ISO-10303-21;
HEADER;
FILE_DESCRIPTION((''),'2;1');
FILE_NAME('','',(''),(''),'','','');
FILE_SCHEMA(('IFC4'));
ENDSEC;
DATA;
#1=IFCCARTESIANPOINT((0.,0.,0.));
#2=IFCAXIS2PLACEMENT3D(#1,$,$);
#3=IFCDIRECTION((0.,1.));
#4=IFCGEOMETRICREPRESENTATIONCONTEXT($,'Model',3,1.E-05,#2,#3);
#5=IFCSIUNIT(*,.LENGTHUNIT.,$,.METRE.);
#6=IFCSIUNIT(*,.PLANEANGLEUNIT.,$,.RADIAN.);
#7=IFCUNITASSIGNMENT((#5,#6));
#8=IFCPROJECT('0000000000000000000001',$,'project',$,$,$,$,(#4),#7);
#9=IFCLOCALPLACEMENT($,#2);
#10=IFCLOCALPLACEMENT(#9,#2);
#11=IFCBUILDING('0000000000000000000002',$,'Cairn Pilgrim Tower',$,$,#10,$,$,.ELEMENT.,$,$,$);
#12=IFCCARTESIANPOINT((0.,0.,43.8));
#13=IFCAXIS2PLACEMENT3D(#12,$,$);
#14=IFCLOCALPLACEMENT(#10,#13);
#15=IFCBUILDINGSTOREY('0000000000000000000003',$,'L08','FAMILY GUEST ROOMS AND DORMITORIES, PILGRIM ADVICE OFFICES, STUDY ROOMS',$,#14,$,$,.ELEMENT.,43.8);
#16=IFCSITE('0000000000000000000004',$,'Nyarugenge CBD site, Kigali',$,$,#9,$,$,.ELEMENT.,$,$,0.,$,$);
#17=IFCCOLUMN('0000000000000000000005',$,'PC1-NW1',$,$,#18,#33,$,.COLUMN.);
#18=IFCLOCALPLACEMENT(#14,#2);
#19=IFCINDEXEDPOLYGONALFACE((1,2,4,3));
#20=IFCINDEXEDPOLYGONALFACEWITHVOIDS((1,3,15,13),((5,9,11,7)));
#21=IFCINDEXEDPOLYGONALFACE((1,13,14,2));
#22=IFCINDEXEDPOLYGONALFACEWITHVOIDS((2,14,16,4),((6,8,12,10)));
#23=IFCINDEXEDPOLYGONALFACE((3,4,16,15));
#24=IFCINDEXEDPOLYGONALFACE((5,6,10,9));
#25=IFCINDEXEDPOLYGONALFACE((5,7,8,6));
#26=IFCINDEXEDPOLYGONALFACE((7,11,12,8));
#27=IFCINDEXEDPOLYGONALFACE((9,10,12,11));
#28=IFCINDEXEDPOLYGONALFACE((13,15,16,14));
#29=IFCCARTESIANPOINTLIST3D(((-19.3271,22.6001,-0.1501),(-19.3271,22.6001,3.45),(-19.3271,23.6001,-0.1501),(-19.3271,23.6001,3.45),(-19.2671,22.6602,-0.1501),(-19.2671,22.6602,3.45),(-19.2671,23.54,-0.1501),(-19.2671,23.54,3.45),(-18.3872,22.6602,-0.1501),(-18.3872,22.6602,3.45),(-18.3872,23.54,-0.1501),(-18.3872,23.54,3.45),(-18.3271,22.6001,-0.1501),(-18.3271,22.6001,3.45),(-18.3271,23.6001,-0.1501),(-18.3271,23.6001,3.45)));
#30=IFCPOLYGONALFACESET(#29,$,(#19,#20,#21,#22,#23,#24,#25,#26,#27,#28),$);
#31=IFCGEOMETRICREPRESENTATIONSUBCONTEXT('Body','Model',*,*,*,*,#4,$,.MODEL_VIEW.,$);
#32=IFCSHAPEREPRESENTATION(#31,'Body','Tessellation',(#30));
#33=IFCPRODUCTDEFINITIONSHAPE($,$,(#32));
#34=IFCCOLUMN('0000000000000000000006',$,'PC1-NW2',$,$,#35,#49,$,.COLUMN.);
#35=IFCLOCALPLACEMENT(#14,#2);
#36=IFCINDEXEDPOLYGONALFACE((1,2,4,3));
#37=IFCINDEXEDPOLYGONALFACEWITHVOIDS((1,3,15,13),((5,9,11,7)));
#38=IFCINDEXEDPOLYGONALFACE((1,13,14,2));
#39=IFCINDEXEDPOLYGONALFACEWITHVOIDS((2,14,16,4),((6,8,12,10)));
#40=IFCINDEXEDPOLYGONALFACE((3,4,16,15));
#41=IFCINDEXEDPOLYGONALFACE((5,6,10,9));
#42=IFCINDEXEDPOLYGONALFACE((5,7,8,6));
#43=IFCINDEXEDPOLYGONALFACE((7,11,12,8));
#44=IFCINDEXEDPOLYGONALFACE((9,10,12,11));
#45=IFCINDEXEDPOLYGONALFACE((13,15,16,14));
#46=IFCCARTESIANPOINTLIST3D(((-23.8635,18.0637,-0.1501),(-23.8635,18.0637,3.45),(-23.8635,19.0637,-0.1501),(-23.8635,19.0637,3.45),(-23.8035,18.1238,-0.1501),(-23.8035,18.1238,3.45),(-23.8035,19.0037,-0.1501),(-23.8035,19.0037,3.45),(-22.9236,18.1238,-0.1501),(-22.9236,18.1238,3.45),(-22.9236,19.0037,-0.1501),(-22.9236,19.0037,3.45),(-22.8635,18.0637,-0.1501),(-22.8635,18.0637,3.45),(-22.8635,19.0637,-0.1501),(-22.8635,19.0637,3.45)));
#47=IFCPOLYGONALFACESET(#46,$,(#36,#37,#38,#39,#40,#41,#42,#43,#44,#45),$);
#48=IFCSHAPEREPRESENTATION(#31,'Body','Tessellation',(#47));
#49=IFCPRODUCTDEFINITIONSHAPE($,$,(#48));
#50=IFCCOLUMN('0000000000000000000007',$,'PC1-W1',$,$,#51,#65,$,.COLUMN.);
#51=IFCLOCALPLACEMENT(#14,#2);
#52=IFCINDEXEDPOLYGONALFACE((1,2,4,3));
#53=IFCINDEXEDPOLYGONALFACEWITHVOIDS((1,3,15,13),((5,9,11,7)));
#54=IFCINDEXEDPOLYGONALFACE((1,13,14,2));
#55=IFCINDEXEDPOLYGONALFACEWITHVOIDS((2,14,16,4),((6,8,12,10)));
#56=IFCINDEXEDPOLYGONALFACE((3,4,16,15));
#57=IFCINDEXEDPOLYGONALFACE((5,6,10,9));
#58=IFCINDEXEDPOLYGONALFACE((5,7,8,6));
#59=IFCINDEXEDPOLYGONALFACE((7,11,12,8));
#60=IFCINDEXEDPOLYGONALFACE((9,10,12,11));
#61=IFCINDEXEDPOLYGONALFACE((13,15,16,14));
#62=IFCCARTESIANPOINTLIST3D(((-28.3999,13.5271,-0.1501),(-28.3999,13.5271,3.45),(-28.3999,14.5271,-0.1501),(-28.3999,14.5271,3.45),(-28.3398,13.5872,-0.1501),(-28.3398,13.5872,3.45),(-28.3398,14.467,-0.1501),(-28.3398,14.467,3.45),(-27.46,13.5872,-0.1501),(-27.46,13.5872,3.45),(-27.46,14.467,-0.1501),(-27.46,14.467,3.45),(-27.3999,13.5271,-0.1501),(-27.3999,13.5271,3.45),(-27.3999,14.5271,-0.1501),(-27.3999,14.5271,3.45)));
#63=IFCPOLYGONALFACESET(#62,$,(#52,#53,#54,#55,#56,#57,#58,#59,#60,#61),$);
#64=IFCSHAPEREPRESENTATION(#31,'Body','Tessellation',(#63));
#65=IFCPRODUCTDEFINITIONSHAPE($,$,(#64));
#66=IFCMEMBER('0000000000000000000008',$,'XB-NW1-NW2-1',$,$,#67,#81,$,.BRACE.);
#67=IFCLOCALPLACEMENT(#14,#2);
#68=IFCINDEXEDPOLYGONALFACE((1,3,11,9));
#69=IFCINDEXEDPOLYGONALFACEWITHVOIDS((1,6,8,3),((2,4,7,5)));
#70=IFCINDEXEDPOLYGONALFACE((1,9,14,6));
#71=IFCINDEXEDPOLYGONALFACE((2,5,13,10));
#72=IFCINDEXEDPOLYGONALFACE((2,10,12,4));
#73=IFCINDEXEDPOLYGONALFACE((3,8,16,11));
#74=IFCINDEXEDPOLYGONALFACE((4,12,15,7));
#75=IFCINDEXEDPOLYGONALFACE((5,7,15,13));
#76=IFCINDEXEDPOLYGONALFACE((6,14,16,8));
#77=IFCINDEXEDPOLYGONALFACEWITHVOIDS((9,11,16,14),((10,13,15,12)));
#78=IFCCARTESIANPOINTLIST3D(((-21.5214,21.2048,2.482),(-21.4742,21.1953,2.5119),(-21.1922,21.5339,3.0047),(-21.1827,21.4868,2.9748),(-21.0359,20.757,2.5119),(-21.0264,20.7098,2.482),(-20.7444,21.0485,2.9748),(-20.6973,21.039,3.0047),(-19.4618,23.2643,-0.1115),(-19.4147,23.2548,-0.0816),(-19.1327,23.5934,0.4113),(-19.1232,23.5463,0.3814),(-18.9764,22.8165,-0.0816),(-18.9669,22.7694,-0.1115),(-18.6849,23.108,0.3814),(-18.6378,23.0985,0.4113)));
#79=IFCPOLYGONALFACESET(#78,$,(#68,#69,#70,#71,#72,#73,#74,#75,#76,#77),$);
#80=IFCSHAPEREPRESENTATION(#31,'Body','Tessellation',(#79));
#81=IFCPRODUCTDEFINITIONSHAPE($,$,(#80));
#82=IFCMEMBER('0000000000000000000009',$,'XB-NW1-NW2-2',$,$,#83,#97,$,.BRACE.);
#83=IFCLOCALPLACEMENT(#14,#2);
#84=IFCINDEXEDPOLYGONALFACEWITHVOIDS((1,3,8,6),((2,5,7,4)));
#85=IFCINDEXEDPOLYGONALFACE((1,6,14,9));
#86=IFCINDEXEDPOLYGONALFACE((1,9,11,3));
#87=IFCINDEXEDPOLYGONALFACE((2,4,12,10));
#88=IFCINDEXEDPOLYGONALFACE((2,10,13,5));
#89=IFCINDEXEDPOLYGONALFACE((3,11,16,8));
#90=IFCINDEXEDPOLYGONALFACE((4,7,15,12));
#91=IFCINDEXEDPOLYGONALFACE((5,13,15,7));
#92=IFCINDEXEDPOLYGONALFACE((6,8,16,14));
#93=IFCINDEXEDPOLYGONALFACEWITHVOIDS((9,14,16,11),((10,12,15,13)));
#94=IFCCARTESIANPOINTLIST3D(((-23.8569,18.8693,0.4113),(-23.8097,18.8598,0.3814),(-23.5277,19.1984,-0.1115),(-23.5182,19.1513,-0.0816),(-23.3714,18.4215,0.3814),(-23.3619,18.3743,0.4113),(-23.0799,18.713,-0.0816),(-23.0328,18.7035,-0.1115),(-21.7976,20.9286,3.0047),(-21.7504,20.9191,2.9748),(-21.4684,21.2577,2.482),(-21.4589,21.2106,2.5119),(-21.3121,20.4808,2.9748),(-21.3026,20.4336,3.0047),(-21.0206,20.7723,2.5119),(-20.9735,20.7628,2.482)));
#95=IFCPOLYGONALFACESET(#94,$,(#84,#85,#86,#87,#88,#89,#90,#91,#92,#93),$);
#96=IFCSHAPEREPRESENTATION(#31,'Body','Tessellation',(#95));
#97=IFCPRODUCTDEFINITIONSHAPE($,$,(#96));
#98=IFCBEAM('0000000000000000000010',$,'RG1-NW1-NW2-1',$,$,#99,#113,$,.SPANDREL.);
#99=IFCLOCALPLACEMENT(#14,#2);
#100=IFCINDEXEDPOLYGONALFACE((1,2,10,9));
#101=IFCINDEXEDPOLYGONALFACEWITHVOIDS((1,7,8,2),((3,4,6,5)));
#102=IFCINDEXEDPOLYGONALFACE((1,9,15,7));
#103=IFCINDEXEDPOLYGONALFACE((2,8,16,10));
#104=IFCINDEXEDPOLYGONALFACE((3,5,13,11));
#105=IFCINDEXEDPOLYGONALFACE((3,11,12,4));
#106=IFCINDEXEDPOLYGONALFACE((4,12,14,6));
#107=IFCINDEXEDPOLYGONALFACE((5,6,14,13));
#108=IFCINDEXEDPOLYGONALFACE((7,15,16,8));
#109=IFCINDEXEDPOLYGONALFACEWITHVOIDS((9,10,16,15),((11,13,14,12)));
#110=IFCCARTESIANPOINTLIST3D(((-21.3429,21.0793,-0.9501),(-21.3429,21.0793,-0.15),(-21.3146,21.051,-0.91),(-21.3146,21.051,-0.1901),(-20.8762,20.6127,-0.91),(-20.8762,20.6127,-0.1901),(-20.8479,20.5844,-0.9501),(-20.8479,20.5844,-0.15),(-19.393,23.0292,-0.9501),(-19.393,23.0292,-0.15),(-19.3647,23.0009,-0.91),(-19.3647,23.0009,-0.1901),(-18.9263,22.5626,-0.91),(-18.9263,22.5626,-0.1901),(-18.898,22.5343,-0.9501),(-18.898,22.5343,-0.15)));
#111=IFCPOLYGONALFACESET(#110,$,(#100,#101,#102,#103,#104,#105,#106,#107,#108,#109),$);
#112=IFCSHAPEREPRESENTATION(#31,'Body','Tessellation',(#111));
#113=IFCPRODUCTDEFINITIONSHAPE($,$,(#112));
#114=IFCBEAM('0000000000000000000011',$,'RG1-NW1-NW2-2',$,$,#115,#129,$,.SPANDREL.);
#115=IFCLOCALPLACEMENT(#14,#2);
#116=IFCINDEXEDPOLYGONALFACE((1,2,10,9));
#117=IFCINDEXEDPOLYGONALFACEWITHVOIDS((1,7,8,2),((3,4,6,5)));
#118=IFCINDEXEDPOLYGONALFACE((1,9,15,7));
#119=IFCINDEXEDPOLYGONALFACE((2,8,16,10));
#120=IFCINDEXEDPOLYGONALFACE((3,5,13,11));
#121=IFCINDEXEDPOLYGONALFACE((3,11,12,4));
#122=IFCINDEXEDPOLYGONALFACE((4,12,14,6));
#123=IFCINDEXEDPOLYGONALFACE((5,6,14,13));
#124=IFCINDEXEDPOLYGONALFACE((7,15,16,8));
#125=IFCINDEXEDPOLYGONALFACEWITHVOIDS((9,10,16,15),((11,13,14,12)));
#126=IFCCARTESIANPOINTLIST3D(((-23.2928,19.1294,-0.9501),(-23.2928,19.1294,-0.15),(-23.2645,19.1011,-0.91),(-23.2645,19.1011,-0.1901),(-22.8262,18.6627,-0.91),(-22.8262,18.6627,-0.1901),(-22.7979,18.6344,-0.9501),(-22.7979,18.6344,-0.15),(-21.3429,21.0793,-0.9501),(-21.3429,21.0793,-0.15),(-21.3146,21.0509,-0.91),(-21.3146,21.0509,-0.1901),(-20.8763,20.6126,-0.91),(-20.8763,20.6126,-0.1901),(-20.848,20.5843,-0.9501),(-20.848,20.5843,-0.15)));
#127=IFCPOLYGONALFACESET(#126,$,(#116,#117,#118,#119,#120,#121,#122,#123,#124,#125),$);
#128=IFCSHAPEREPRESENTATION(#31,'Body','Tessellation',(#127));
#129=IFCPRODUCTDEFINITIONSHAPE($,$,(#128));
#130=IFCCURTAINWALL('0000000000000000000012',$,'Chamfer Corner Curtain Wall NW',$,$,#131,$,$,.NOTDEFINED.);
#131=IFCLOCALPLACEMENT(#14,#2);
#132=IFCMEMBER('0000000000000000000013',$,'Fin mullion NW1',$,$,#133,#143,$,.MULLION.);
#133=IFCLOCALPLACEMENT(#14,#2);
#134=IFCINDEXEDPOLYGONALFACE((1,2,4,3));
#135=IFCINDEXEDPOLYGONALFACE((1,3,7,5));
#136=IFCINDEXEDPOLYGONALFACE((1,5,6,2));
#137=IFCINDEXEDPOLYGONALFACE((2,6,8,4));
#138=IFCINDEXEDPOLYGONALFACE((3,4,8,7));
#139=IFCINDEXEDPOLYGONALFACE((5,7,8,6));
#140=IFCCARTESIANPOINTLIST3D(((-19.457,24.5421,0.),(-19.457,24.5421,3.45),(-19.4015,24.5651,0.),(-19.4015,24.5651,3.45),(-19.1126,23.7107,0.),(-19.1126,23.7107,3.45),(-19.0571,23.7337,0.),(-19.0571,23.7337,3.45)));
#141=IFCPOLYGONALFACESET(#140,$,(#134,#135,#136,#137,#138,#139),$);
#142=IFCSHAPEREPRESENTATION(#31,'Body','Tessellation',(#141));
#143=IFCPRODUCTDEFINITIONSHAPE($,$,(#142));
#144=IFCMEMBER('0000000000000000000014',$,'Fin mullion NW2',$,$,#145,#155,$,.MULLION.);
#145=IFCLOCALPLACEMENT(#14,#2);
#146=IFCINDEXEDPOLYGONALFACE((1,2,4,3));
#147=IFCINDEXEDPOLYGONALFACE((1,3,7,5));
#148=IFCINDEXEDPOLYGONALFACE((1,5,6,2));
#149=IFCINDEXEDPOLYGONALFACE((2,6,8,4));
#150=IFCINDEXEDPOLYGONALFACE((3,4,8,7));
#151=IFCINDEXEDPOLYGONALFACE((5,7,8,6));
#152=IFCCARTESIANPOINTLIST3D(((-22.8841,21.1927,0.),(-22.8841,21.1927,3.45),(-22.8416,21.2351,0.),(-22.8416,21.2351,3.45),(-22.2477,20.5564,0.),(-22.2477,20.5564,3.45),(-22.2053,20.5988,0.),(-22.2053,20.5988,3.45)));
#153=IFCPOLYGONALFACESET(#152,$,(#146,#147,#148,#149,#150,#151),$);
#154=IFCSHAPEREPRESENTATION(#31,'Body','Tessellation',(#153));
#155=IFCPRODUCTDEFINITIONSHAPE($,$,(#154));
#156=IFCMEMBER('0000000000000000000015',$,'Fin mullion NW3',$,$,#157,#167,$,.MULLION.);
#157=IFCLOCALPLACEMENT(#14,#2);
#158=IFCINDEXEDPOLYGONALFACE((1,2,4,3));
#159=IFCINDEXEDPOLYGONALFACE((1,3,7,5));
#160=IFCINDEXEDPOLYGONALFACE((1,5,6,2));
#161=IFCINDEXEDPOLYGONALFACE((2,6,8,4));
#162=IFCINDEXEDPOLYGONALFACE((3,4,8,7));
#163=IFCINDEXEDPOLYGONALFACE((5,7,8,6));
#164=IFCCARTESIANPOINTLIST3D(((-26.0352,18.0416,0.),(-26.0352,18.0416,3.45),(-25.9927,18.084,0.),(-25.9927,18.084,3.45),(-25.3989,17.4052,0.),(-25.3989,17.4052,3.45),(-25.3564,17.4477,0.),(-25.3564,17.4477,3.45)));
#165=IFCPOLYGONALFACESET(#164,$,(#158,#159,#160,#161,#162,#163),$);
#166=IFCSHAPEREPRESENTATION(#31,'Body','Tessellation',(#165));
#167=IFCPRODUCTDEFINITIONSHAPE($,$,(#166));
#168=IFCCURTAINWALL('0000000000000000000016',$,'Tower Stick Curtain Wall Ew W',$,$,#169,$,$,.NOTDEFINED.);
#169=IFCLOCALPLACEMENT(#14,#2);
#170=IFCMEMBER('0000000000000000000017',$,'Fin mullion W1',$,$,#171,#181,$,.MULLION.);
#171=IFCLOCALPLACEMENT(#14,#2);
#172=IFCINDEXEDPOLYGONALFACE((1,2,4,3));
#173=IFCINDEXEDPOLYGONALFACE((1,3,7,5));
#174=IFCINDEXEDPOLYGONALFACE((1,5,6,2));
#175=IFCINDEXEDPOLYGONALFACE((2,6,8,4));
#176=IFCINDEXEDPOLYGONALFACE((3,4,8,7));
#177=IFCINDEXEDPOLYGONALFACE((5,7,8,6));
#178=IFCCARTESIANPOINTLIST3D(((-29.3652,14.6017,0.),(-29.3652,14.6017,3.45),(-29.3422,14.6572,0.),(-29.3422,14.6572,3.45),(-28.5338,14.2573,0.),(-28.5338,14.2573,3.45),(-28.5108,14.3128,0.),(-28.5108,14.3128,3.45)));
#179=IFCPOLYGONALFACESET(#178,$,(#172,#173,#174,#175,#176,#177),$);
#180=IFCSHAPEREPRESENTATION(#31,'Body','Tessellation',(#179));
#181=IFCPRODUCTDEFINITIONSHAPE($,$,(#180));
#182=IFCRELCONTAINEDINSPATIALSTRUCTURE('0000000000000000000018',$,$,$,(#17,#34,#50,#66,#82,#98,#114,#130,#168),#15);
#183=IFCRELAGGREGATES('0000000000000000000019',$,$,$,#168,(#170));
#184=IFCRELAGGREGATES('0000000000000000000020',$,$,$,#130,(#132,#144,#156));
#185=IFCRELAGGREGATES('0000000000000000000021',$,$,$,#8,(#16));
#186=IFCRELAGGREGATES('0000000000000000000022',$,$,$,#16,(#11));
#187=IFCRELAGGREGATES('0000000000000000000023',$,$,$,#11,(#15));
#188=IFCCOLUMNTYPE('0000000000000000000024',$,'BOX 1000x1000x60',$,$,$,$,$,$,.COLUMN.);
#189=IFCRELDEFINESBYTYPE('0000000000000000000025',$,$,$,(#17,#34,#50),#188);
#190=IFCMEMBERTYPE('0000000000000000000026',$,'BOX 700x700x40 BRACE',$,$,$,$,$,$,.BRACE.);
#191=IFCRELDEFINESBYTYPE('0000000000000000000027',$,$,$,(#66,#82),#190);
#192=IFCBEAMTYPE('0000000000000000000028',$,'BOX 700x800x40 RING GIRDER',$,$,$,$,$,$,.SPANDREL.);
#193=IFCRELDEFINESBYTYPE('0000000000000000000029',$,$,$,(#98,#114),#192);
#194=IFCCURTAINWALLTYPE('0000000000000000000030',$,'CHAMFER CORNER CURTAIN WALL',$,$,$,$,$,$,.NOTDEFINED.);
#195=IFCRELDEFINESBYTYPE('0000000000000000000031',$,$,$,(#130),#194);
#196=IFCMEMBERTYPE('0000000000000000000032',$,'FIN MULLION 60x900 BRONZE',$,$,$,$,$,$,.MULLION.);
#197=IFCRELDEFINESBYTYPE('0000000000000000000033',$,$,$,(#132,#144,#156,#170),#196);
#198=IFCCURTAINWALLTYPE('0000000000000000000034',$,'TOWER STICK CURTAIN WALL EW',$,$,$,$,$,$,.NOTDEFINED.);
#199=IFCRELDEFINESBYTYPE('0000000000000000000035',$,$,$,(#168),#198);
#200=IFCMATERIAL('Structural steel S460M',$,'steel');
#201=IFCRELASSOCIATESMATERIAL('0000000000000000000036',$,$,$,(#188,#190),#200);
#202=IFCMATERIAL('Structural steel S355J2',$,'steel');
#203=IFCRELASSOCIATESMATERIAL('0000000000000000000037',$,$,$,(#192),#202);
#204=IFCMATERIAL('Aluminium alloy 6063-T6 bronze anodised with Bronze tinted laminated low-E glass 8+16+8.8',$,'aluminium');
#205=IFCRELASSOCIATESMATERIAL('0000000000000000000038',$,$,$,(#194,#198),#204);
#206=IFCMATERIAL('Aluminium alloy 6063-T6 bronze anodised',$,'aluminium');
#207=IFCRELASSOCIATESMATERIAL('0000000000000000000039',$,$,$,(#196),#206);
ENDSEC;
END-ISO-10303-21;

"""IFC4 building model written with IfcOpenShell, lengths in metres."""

from ifc_helpers import new_model, si_unit, direction, frame, origin, origin_2d, place, context, subcontext, project, spatial, rectangle, hollow_rectangle, extrude, material, material_profile, profile_set, type_object, element, aggregate, save


model = new_model("IFC4")

# Units and contexts
model_context = context("Model", 3, precision=1e-05, world=origin(), true_north=direction((0.0, 1.0)))
body_context = subcontext(model_context, "Body", "Model", "MODEL_VIEW")
ifc_project = project(units=[si_unit("LENGTHUNIT", "METRE"), si_unit("PLANEANGLEUNIT", "RADIAN")], contexts=[model_context])

# Site, building, storey
site_placement = place(None, origin())
site = spatial("IfcSite", under=ifc_project, at=site_placement, Name="Nyarugenge CBD site, Kigali", CompositionType="ELEMENT", RefElevation=0.0)
building_placement = place(site_placement, origin())
building = spatial("IfcBuilding", under=site, at=building_placement, Name="Cairn Pilgrim Tower", CompositionType="ELEMENT")
storey_placement = place(building_placement, frame((0.0, 0.0, 43.8)))
storey = spatial("IfcBuildingStorey", under=building, at=storey_placement, Name="L08", Description="FAMILY GUEST ROOMS AND DORMITORIES, PILGRIM ADVICE OFFICES, STUDY ROOMS", CompositionType="ELEMENT", Elevation=43.8)

# Columns
ifc_material_1 = material(Name="Structural steel S460M", Category="steel")
ifc_material_profile_1 = material_profile(ifc_material_1, hollow_rectangle(XDim=1.0, YDim=1.0, WallThickness=0.0601, at=origin_2d()), Name="BOX 1000x1000x60")
ifc_profile_set_1 = profile_set([ifc_material_profile_1], Name="Structural steel S460M")
column_type = type_object("IfcColumnType", Name="BOX 1000x1000x60", PredefinedType="COLUMN", material=ifc_profile_set_1)
for number, where, z_axis, x_axis, name in (
    (1, (-18.8271, 23.1001, -0.1501), (0.0, 0.0, 1.0), (1.0, 0.0, 0.0), "PC1-NW1"),
    (2, (-23.3635, 18.5637, -0.1501), (0.0, 0.0, 1.0), (1.0, 0.0, 0.0), "PC1-NW2"),
    (3, (-27.8999, 14.0271, -0.1501), (0.0, 0.0, 1.0), (1.0, 0.0, 0.0), "PC1-W1"),
):
    element("IfcColumn", number, at=place(storey_placement, frame(where, z_axis=z_axis, x_axis=x_axis)), inside=storey, type_object=column_type, Name=name, PredefinedType="COLUMN", context=body_context, shape_type="SweptSolid", body=[
        extrude(hollow_rectangle(XDim=1.0, YDim=1.0, WallThickness=0.0601, at=origin_2d()), origin(), (0.0, 0.0, 1.0), 3.6001),
    ])

# Members
ifc_material_profile_2 = material_profile(ifc_material_1, hollow_rectangle(XDim=0.7, YDim=0.7, WallThickness=0.04, at=origin_2d()), Name="BOX 700x700x40")
ifc_profile_set_2 = profile_set([ifc_material_profile_2], Name="Structural steel S460M")
member_type_1 = type_object("IfcMemberType", Name="BOX 700x700x40 BRACE", PredefinedType="BRACE", material=ifc_profile_set_2)
member_1_placement = place(storey_placement, frame((-19.0498, 23.1814, 0.1499), z_axis=(-0.528096, -0.528096, 0.665003), x_axis=(0.707107, -0.707107, 0.0)))
element("IfcMember", 4, at=member_1_placement, inside=storey, type_object=member_type_1, Name="XB-NW1-NW2-1", PredefinedType="BRACE", context=body_context, shape_type="SweptSolid", body=[
    extrude(hollow_rectangle(XDim=0.7, YDim=0.7, WallThickness=0.04, at=origin_2d()), origin(), (0.0, 0.0, 1.0), 3.8999),
])
member_2_placement = place(storey_placement, frame((-23.4448, 18.7864, 0.1499), z_axis=(0.528068, 0.528068, 0.665047), x_axis=(-0.707107, 0.707107, 0.0)))
element("IfcMember", 5, at=member_2_placement, inside=storey, type_object=member_type_1, Name="XB-NW1-NW2-2", PredefinedType="BRACE", context=body_context, shape_type="SweptSolid", body=[
    extrude(hollow_rectangle(XDim=0.7, YDim=0.7, WallThickness=0.04, at=origin_2d()), origin(), (0.0, 0.0, 1.0), 3.8997),
])

# Beams
ifc_material_2 = material(Name="Structural steel S355J2", Category="steel")
ifc_material_profile_3 = material_profile(ifc_material_2, hollow_rectangle(XDim=0.7, YDim=0.8, WallThickness=0.04, at=origin_2d()), Name="BOX 700x800x40")
ifc_profile_set_3 = profile_set([ifc_material_profile_3], Name="Structural steel S355J2")
beam_type_1 = type_object("IfcBeamType", Name="BOX 700x800x40 RING GIRDER", PredefinedType="SPANDREL", material=ifc_profile_set_3)
for number, where, z_axis, x_axis, name in (
    (6, (-19.1455, 22.7817, -0.55), (-0.707107, -0.707107, 0.0), (0.707107, -0.707107, 0.0), "RG1-NW1-NW2-1"),
    (7, (-21.0955, 20.8318, -0.55), (-0.707107, -0.707107, 0.0), (0.707107, -0.707107, 0.0), "RG1-NW1-NW2-2"),
):
    element("IfcBeam", number, at=place(storey_placement, frame(where, z_axis=z_axis, x_axis=x_axis)), inside=storey, type_object=beam_type_1, Name=name, PredefinedType="SPANDREL", context=body_context, shape_type="SweptSolid", body=[
        extrude(hollow_rectangle(XDim=0.7, YDim=0.8, WallThickness=0.04, at=origin_2d()), origin(), (0.0, 0.0, 1.0), 2.7576),
    ])

# Curtain wall, members
ifc_material_3 = material(Name="Aluminium alloy 6063-T6 bronze anodised with Bronze tinted laminated low-E glass 8+16+8.8", Category="aluminium")
curtain_wall_type_1 = type_object("IfcCurtainWallType", Name="CHAMFER CORNER CURTAIN WALL", PredefinedType="NOTDEFINED", material=ifc_material_3)
curtain_wall_1_placement = place(storey_placement, origin())
curtain_wall_1 = element("IfcCurtainWall", 8, at=curtain_wall_1_placement, inside=storey, type_object=curtain_wall_type_1, Name="Chamfer Corner Curtain Wall NW", PredefinedType="NOTDEFINED")
ifc_material_4 = material(Name="Aluminium alloy 6063-T6 bronze anodised", Category="aluminium")
ifc_material_profile_4 = material_profile(ifc_material_4, rectangle(XDim=0.8999, YDim=0.0601, at=origin_2d()), Name="FIN MULLION 60x900 BRONZE")
ifc_profile_set_4 = profile_set([ifc_material_profile_4], Name="Aluminium alloy 6063-T6 bronze anodised")
member_type_2 = type_object("IfcMemberType", Name="FIN MULLION 60x900 BRONZE", PredefinedType="MULLION", material=ifc_profile_set_4)
member_3_placement = place(storey_placement, frame((-19.2571, 24.1379, 0.0), z_axis=(0.0, 0.0, 1.0), x_axis=(-0.382683, 0.92388, 0.0)))
member_3 = element("IfcMember", 9, at=member_3_placement, type_object=member_type_2, Name="Fin mullion NW1", PredefinedType="MULLION", context=body_context, shape_type="SweptSolid", body=[
    extrude(rectangle(XDim=0.8999, YDim=0.0601, at=origin_2d()), origin(), (0.0, 0.0, 1.0), 3.45),
])
member_4_placement = place(storey_placement, frame((-22.5447, 20.8958, 0.0), z_axis=(0.0, 0.0, 1.0), x_axis=(-0.707107, 0.707107, 0.0)))
member_4 = element("IfcMember", 10, at=member_4_placement, type_object=member_type_2, Name="Fin mullion NW2", PredefinedType="MULLION", context=body_context, shape_type="SweptSolid", body=[
    extrude(rectangle(XDim=0.8999, YDim=0.0601, at=origin_2d()), origin(), (0.0, 0.0, 1.0), 3.45),
])
member_5_placement = place(storey_placement, frame((-25.6958, 17.7446, 0.0), z_axis=(0.0, 0.0, 1.0), x_axis=(-0.707107, 0.707107, 0.0)))
member_5 = element("IfcMember", 11, at=member_5_placement, type_object=member_type_2, Name="Fin mullion NW3", PredefinedType="MULLION", context=body_context, shape_type="SweptSolid", body=[
    extrude(rectangle(XDim=0.8999, YDim=0.0601, at=origin_2d()), origin(), (0.0, 0.0, 1.0), 3.45),
])

# Curtain wall, member
curtain_wall_type_2 = type_object("IfcCurtainWallType", Name="TOWER STICK CURTAIN WALL EW", PredefinedType="NOTDEFINED", material=ifc_material_3)
curtain_wall_2_placement = place(storey_placement, origin())
curtain_wall_2 = element("IfcCurtainWall", 12, at=curtain_wall_2_placement, inside=storey, type_object=curtain_wall_type_2, Name="Tower Stick Curtain Wall Ew W", PredefinedType="NOTDEFINED")
member_6_placement = place(storey_placement, frame((-28.938, 14.4573, 0.0), z_axis=(0.0, 0.0, 1.0), x_axis=(-0.92388, 0.382683, 0.0)))
member_6 = element("IfcMember", 13, at=member_6_placement, type_object=member_type_2, Name="Fin mullion W1", PredefinedType="MULLION", context=body_context, shape_type="SweptSolid", body=[
    extrude(rectangle(XDim=0.8999, YDim=0.0601, at=origin_2d()), origin(), (0.0, 0.0, 1.0), 3.45),
])

aggregate(curtain_wall_2, [member_6])

aggregate(curtain_wall_1, [member_3, member_4, member_5])

save(model, "model.ifc")
